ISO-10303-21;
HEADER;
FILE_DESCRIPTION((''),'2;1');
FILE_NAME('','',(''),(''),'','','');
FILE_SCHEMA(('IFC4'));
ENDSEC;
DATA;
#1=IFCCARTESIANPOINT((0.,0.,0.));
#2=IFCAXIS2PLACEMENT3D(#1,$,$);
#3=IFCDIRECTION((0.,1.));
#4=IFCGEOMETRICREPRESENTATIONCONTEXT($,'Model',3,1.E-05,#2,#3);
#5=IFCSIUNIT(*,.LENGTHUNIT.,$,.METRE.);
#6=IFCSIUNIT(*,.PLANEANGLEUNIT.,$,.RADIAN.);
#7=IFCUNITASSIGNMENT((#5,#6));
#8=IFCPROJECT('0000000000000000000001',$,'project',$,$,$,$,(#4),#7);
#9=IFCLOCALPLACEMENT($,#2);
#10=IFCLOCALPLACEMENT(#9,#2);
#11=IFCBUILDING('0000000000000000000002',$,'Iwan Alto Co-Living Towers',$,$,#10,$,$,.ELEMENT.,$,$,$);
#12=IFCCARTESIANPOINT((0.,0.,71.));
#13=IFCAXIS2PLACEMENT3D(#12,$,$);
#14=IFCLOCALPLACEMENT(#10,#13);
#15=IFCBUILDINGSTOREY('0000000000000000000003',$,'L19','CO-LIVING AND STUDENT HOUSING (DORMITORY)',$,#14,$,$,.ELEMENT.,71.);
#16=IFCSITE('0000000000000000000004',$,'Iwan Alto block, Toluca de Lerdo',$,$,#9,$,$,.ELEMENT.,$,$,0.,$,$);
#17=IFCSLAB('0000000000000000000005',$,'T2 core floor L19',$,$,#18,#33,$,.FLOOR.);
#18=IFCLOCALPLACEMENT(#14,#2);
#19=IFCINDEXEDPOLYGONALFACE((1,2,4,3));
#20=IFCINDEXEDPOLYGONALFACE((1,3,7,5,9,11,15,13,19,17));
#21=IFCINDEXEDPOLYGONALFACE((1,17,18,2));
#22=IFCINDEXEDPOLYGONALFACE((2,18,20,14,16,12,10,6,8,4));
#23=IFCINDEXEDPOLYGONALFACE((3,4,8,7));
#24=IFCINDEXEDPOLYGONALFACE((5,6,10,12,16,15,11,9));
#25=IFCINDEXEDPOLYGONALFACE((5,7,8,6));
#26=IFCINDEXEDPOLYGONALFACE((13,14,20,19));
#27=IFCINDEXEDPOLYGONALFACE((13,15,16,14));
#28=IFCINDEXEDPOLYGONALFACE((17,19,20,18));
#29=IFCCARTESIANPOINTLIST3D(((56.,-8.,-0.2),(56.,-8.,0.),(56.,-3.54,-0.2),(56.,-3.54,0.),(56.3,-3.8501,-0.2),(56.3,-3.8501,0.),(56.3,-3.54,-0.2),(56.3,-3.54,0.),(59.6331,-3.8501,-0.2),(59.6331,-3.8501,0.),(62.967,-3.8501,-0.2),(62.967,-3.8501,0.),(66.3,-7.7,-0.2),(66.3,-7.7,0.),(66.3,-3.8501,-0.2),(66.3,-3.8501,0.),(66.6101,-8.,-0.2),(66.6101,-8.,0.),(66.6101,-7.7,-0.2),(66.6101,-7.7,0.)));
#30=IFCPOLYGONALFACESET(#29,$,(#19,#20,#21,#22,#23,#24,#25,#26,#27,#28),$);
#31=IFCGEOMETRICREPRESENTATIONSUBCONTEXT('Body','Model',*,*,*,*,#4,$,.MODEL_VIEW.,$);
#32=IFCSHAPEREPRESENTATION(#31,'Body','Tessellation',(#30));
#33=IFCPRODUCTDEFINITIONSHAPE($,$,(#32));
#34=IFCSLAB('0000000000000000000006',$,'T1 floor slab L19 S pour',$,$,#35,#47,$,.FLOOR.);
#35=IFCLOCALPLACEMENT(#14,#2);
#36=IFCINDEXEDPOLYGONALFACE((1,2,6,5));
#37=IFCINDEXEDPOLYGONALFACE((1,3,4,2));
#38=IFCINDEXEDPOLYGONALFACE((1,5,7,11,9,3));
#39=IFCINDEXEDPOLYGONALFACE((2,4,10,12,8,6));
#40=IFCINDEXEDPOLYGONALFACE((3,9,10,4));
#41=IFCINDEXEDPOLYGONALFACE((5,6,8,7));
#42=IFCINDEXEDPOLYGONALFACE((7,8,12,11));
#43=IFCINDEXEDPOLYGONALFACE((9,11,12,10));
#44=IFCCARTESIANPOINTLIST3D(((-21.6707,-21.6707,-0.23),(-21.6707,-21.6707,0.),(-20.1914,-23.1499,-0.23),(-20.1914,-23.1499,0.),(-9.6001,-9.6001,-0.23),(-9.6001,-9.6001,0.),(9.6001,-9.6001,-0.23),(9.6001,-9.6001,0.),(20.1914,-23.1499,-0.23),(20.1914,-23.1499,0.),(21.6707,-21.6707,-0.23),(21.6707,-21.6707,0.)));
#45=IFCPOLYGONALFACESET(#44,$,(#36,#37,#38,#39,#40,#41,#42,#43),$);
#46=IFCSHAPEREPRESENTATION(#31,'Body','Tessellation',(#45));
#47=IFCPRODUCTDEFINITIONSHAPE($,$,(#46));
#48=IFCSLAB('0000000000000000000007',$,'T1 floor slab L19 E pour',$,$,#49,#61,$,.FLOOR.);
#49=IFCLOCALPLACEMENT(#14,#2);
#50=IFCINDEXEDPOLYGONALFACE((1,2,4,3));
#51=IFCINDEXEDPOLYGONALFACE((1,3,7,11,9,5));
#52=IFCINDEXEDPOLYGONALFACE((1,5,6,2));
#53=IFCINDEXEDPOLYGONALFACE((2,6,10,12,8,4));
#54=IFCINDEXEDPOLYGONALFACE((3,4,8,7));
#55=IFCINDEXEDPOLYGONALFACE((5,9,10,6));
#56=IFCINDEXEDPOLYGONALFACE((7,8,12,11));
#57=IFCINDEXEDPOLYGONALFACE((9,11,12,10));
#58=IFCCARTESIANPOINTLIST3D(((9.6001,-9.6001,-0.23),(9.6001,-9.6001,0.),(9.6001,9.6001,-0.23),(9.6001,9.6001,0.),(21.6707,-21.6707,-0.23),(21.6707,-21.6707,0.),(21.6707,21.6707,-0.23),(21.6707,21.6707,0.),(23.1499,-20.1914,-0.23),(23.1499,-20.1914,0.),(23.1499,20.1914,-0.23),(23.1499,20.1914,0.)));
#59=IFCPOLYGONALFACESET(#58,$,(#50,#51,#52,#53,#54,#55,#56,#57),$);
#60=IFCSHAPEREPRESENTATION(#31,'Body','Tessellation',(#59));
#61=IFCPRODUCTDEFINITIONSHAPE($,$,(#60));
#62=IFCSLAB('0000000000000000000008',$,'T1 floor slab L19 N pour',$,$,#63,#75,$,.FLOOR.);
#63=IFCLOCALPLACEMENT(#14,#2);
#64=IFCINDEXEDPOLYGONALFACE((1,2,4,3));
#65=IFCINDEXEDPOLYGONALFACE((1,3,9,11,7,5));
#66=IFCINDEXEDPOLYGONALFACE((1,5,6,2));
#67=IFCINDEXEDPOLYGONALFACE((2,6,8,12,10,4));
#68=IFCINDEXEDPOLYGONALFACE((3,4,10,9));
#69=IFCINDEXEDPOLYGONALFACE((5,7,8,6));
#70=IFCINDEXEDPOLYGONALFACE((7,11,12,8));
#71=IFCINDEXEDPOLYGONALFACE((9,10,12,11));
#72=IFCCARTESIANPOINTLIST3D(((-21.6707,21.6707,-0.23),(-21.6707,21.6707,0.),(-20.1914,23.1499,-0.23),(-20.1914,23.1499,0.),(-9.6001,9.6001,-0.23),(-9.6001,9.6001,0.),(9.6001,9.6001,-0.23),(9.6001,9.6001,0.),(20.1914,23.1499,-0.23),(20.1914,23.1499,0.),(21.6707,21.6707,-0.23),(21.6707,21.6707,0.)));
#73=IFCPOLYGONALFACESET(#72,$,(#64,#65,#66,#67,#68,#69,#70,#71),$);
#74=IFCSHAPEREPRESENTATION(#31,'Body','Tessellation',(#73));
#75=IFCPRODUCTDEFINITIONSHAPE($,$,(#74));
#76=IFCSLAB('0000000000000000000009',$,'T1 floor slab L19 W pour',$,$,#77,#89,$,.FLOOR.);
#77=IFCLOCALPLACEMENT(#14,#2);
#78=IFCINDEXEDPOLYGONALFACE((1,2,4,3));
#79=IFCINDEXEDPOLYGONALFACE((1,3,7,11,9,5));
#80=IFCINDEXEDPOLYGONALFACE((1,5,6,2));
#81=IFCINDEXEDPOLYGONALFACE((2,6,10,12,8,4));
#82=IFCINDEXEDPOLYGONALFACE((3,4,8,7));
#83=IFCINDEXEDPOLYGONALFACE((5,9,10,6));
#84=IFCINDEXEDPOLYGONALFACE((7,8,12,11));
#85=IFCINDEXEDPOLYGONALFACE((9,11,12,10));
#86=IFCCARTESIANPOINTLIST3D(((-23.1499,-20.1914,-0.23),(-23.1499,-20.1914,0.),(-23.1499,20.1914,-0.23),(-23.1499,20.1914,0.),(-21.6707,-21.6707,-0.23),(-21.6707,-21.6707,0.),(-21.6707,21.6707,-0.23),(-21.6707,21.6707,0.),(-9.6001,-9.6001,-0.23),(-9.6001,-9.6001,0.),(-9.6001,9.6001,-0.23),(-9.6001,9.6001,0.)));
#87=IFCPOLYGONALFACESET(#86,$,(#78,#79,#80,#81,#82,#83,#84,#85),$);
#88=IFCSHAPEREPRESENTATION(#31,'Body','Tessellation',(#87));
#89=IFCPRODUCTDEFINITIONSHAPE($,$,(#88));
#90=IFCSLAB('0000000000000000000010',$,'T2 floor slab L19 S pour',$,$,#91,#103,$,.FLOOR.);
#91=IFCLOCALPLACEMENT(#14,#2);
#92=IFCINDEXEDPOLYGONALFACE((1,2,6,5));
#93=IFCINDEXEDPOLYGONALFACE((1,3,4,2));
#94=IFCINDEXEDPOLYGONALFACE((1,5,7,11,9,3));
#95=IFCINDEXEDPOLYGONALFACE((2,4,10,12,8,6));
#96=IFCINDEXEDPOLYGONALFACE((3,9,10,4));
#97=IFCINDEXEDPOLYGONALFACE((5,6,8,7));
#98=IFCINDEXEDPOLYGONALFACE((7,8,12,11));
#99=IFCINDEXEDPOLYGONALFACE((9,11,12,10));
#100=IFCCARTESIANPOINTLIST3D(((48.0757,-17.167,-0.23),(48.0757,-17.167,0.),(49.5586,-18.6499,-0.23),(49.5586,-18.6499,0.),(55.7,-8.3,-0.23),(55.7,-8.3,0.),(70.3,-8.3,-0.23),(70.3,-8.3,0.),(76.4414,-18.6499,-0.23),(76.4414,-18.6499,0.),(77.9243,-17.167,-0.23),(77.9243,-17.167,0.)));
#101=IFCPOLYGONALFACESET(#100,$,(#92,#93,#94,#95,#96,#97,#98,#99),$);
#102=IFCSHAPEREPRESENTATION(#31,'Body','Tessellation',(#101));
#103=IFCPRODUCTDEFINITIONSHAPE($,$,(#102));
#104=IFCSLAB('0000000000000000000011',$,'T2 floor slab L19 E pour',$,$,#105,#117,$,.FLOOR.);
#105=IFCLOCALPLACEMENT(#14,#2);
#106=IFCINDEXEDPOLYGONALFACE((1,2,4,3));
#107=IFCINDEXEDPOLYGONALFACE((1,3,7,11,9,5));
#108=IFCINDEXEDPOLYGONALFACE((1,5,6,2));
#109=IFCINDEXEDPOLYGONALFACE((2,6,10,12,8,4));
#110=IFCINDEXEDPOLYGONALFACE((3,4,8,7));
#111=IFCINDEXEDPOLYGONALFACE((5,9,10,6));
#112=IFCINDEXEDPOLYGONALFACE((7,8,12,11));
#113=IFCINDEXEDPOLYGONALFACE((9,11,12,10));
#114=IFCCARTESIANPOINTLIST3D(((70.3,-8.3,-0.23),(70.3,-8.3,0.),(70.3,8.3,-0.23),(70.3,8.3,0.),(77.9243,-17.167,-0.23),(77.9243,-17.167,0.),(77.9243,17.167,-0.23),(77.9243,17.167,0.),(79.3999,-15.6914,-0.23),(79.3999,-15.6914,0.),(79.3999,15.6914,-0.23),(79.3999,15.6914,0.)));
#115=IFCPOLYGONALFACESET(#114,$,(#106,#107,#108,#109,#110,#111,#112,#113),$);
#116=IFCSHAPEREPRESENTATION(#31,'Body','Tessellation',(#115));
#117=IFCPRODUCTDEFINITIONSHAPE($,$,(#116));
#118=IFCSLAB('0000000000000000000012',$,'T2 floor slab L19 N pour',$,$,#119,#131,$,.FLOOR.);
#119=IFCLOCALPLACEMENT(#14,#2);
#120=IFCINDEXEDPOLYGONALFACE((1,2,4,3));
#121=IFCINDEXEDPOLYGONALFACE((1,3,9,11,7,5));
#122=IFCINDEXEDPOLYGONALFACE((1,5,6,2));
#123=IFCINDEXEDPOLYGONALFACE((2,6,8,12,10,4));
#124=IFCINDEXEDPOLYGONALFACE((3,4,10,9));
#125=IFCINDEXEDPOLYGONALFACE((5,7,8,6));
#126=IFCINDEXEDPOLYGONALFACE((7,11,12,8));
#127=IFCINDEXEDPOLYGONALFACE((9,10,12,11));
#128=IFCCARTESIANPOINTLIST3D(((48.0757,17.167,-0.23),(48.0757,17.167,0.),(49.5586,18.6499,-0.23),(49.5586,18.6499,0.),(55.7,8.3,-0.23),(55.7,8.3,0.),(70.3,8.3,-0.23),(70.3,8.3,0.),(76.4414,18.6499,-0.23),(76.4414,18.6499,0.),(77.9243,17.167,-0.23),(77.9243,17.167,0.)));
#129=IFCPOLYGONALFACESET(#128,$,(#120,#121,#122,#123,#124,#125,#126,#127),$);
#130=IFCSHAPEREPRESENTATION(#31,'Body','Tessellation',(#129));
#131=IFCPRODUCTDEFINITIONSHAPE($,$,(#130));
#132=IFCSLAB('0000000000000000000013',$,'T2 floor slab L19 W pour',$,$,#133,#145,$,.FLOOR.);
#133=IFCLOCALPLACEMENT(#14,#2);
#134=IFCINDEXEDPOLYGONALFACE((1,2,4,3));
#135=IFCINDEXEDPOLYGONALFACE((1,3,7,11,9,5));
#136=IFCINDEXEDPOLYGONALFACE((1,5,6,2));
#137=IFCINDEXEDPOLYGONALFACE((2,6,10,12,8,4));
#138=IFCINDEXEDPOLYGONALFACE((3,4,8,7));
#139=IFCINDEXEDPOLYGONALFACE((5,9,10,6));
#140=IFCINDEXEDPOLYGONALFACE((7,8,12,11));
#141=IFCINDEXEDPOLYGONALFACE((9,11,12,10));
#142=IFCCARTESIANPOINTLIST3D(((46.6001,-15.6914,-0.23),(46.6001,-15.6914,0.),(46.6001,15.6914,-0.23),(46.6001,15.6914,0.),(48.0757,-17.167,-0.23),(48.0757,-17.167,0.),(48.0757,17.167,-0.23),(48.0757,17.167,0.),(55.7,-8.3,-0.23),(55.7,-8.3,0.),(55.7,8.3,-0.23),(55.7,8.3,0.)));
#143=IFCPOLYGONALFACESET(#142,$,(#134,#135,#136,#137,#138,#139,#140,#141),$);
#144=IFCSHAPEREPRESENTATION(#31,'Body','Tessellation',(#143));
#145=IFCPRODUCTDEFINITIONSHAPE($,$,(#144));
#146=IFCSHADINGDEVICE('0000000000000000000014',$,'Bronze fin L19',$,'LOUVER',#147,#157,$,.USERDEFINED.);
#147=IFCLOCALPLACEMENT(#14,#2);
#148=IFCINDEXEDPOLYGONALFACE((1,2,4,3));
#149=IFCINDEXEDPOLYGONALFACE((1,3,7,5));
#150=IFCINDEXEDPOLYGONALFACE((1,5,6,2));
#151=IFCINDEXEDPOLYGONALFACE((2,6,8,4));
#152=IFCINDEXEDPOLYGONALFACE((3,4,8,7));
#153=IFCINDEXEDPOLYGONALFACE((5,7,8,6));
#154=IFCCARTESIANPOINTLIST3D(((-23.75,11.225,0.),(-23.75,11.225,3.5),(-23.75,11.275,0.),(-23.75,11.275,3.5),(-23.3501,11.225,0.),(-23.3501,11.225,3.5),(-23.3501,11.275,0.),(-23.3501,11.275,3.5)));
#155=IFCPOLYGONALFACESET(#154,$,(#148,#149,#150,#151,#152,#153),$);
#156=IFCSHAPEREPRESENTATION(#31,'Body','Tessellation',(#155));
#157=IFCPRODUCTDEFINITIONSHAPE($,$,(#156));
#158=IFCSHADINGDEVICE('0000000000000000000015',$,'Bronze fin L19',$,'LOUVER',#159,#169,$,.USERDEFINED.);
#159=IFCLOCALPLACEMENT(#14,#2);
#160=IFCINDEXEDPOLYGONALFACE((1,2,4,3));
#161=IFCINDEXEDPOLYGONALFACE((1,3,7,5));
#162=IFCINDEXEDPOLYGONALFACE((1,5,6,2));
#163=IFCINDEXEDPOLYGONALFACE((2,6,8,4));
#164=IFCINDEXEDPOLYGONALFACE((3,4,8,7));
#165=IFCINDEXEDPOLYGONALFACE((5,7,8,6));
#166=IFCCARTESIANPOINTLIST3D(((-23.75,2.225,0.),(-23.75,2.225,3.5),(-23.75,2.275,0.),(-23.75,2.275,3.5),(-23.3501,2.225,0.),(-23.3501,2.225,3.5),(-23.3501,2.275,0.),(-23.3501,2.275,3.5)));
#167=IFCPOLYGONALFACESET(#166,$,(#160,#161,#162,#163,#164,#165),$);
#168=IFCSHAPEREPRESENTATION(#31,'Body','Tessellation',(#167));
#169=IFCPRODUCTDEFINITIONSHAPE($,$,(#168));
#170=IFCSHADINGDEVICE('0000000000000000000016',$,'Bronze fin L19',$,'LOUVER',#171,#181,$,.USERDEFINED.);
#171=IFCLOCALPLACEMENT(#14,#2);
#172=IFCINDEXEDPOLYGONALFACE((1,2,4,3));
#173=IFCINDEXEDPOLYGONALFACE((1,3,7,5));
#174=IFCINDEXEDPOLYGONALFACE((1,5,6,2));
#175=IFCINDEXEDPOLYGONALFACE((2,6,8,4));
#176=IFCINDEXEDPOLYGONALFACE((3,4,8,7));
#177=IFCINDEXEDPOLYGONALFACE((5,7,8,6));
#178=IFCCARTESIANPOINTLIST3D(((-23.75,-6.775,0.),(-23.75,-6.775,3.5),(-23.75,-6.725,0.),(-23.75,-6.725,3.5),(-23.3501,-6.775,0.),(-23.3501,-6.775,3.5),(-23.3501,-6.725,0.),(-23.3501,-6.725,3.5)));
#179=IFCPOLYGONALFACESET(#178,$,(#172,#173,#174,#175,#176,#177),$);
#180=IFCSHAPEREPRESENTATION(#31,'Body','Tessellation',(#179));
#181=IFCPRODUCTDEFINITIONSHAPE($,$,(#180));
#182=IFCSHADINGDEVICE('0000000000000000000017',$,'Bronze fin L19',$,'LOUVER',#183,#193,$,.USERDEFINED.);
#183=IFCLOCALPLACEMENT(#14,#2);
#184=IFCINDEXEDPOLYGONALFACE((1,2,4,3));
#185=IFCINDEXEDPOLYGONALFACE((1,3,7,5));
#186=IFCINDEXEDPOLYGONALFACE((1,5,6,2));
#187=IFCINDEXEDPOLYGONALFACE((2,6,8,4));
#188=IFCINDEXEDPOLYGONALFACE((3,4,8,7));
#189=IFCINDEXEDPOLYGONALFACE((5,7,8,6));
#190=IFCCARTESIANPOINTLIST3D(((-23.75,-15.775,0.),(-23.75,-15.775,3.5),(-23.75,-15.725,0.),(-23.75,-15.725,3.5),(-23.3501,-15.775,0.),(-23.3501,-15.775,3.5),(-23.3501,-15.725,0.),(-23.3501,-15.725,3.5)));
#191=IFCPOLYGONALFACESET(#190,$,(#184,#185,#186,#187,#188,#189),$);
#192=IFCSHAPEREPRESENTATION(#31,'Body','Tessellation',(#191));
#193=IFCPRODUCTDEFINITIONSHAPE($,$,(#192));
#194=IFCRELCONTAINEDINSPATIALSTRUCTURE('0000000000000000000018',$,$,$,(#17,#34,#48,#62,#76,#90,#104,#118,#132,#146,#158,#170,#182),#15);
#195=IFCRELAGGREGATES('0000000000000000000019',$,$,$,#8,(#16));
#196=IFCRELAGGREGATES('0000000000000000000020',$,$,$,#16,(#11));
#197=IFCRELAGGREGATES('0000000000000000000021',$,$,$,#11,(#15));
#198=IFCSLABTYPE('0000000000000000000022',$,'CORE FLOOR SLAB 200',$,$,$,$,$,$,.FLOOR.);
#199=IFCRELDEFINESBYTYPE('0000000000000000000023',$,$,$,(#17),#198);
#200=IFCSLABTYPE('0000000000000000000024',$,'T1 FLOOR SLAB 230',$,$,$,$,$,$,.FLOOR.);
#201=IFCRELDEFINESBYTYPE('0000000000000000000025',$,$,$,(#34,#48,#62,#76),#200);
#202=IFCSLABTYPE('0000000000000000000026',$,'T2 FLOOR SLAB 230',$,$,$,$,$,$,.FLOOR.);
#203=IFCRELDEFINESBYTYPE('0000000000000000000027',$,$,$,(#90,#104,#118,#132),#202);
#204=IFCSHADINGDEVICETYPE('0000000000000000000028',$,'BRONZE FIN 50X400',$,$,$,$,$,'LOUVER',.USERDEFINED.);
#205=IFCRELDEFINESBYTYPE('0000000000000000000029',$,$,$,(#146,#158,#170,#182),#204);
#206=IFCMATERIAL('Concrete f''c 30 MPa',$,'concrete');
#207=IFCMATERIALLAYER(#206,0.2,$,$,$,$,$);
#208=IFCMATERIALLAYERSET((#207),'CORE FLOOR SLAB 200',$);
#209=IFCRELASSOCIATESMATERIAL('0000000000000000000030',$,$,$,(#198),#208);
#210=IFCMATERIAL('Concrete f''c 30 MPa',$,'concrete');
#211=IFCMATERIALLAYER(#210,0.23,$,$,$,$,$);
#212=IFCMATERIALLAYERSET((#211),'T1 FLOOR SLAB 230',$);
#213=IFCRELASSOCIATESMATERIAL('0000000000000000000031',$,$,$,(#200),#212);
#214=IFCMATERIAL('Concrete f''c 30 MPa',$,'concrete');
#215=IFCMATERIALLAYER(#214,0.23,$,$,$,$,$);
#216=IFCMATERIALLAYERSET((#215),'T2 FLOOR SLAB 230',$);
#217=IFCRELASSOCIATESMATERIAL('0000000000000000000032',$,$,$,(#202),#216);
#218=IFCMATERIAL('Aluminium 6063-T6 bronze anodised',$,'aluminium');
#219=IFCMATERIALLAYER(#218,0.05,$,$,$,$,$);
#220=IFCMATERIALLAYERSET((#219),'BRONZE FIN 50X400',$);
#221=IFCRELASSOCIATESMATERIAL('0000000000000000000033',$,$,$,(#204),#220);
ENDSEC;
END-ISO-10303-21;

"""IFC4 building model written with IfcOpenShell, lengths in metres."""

from ifc_helpers import new_model, si_unit, direction, frame, origin, origin_2d, place, context, subcontext, project, spatial, polyline, rectangle, outline, extrude, material, layer, layer_set, type_object, element, save


model = new_model("IFC4")

# Units and contexts
model_context = context("Model", 3, precision=1e-05, world=origin(), true_north=direction((0.0, 1.0)))
body_context = subcontext(model_context, "Body", "Model", "MODEL_VIEW")
ifc_project = project(units=[si_unit("LENGTHUNIT", "METRE"), si_unit("PLANEANGLEUNIT", "RADIAN")], contexts=[model_context])

# Site, building, storey
site_placement = place(None, origin())
site = spatial("IfcSite", under=ifc_project, at=site_placement, Name="Iwan Alto block, Toluca de Lerdo", CompositionType="ELEMENT", RefElevation=0.0)
building_placement = place(site_placement, origin())
building = spatial("IfcBuilding", under=site, at=building_placement, Name="Iwan Alto Co-Living Towers", CompositionType="ELEMENT")
storey_placement = place(building_placement, frame((0.0, 0.0, 71.0)))
storey = spatial("IfcBuildingStorey", under=building, at=storey_placement, Name="L19", Description="CO-LIVING AND STUDENT HOUSING (DORMITORY)", CompositionType="ELEMENT", Elevation=71.0)

# Slabs
ifc_material_1 = material(Name="Concrete f'c 30 MPa", Category="concrete")
ifc_layer_1 = layer(ifc_material_1, 0.2)
ifc_layer_set_1 = layer_set([ifc_layer_1], Name="CORE FLOOR SLAB 200")
slab_type_1 = type_object("IfcSlabType", Name="CORE FLOOR SLAB 200", PredefinedType="FLOOR", material=ifc_layer_set_1)
slab_1_placement = place(storey_placement, frame((0.0, 0.0, -0.2)))
element("IfcSlab", 1, at=slab_1_placement, inside=storey, type_object=slab_type_1, Name="T2 core floor L19", PredefinedType="FLOOR", context=body_context, shape_type="SweptSolid", body=[
    extrude(outline(polyline([(62.967, -3.8501), (66.3, -3.8501), (66.3, -7.7), (66.6101, -7.7), (66.6101, -8.0), (56.0, -8.0), (56.0, -3.54), (56.3, -3.54), (56.3, -3.8501), (59.6331, -3.8501), (62.967, -3.8501)])), origin(), (0.0, 0.0, 1.0), 0.2),
])
ifc_material_2 = material(Name="Concrete f'c 30 MPa", Category="concrete")
ifc_layer_2 = layer(ifc_material_2, 0.23)
ifc_layer_set_2 = layer_set([ifc_layer_2], Name="T1 FLOOR SLAB 230")
slab_type_2 = type_object("IfcSlabType", Name="T1 FLOOR SLAB 230", PredefinedType="FLOOR", material=ifc_layer_set_2)
slab_2_placement = place(storey_placement, frame((0.0, 0.0, -0.23)))
element("IfcSlab", 2, at=slab_2_placement, inside=storey, type_object=slab_type_2, Name="T1 floor slab L19 S pour", PredefinedType="FLOOR", context=body_context, shape_type="SweptSolid", body=[
    extrude(outline(polyline([(20.1914, -23.1499), (-20.1914, -23.1499), (-21.6707, -21.6707), (-9.6001, -9.6001), (9.6001, -9.6001), (21.6707, -21.6707), (20.1914, -23.1499)])), origin(), (0.0, 0.0, 1.0), 0.23),
])
slab_3_placement = place(storey_placement, frame((0.0, 0.0, -0.23)))
element("IfcSlab", 3, at=slab_3_placement, inside=storey, type_object=slab_type_2, Name="T1 floor slab L19 E pour", PredefinedType="FLOOR", context=body_context, shape_type="SweptSolid", body=[
    extrude(outline(polyline([(23.1499, 20.1914), (23.1499, -20.1914), (21.6707, -21.6707), (9.6001, -9.6001), (9.6001, 9.6001), (21.6707, 21.6707), (23.1499, 20.1914)])), origin(), (0.0, 0.0, 1.0), 0.23),
])
slab_4_placement = place(storey_placement, frame((0.0, 0.0, -0.23)))
element("IfcSlab", 4, at=slab_4_placement, inside=storey, type_object=slab_type_2, Name="T1 floor slab L19 N pour", PredefinedType="FLOOR", context=body_context, shape_type="SweptSolid", body=[
    extrude(outline(polyline([(-20.1914, 23.1499), (20.1914, 23.1499), (21.6707, 21.6707), (9.6001, 9.6001), (-9.6001, 9.6001), (-21.6707, 21.6707), (-20.1914, 23.1499)])), origin(), (0.0, 0.0, 1.0), 0.23),
])
slab_5_placement = place(storey_placement, frame((0.0, 0.0, -0.23)))
element("IfcSlab", 5, at=slab_5_placement, inside=storey, type_object=slab_type_2, Name="T1 floor slab L19 W pour", PredefinedType="FLOOR", context=body_context, shape_type="SweptSolid", body=[
    extrude(outline(polyline([(-23.1499, 20.1914), (-21.6707, 21.6707), (-9.6001, 9.6001), (-9.6001, -9.6001), (-21.6707, -21.6707), (-23.1499, -20.1914), (-23.1499, 20.1914)])), origin(), (0.0, 0.0, 1.0), 0.23),
])
ifc_material_3 = material(Name="Concrete f'c 30 MPa", Category="concrete")
ifc_layer_3 = layer(ifc_material_3, 0.23)
ifc_layer_set_3 = layer_set([ifc_layer_3], Name="T2 FLOOR SLAB 230")
slab_type_3 = type_object("IfcSlabType", Name="T2 FLOOR SLAB 230", PredefinedType="FLOOR", material=ifc_layer_set_3)
slab_6_placement = place(storey_placement, frame((0.0, 0.0, -0.23)))
element("IfcSlab", 6, at=slab_6_placement, inside=storey, type_object=slab_type_3, Name="T2 floor slab L19 S pour", PredefinedType="FLOOR", context=body_context, shape_type="SweptSolid", body=[
    extrude(outline(polyline([(76.4414, -18.6499), (49.5586, -18.6499), (48.0757, -17.167), (55.7, -8.3), (70.3, -8.3), (77.9243, -17.167), (76.4414, -18.6499)])), origin(), (0.0, 0.0, 1.0), 0.23),
])
slab_7_placement = place(storey_placement, frame((0.0, 0.0, -0.23)))
element("IfcSlab", 7, at=slab_7_placement, inside=storey, type_object=slab_type_3, Name="T2 floor slab L19 E pour", PredefinedType="FLOOR", context=body_context, shape_type="SweptSolid", body=[
    extrude(outline(polyline([(79.3999, 15.6914), (79.3999, -15.6914), (77.9243, -17.167), (70.3, -8.3), (70.3, 8.3), (77.9243, 17.167), (79.3999, 15.6914)])), origin(), (0.0, 0.0, 1.0), 0.23),
])
slab_8_placement = place(storey_placement, frame((0.0, 0.0, -0.23)))
element("IfcSlab", 8, at=slab_8_placement, inside=storey, type_object=slab_type_3, Name="T2 floor slab L19 N pour", PredefinedType="FLOOR", context=body_context, shape_type="SweptSolid", body=[
    extrude(outline(polyline([(49.5586, 18.6499), (76.4414, 18.6499), (77.9243, 17.167), (70.3, 8.3), (55.7, 8.3), (48.0757, 17.167), (49.5586, 18.6499)])), origin(), (0.0, 0.0, 1.0), 0.23),
])
slab_9_placement = place(storey_placement, frame((0.0, 0.0, -0.23)))
element("IfcSlab", 9, at=slab_9_placement, inside=storey, type_object=slab_type_3, Name="T2 floor slab L19 W pour", PredefinedType="FLOOR", context=body_context, shape_type="SweptSolid", body=[
    extrude(outline(polyline([(46.6001, 15.6914), (48.0757, 17.167), (55.7, 8.3), (55.7, -8.3), (48.0757, -17.167), (46.6001, -15.6914), (46.6001, 15.6914)])), origin(), (0.0, 0.0, 1.0), 0.23),
])

# Shading devices
ifc_material_4 = material(Name="Aluminium 6063-T6 bronze anodised", Category="aluminium")
ifc_layer_4 = layer(ifc_material_4, 0.05)
ifc_layer_set_4 = layer_set([ifc_layer_4], Name="BRONZE FIN 50X400")
shading_device_type = type_object("IfcShadingDeviceType", Name="BRONZE FIN 50X400", ElementType="LOUVER", PredefinedType="USERDEFINED", material=ifc_layer_set_4)
for number, where, z_axis, x_axis, name in (
    (10, (-23.55, 11.25, 0.0), (0.0, 0.0, 1.0), (0.0, -1.0, 0.0), "Bronze fin L19"),
    (11, (-23.55, 2.25, 0.0), (0.0, 0.0, 1.0), (0.0, -1.0, 0.0), "Bronze fin L19"),
    (12, (-23.55, -6.75, 0.0), (0.0, 0.0, 1.0), (0.0, -1.0, 0.0), "Bronze fin L19"),
    (13, (-23.55, -15.75, 0.0), (0.0, 0.0, 1.0), (0.0, -1.0, 0.0), "Bronze fin L19"),
):
    element("IfcShadingDevice", number, at=place(storey_placement, frame(where, z_axis=z_axis, x_axis=x_axis)), inside=storey, type_object=shading_device_type, Name=name, ObjectType="LOUVER", PredefinedType="USERDEFINED", context=body_context, shape_type="SweptSolid", body=[
        extrude(rectangle(XDim=0.05, YDim=0.3999, at=origin_2d()), origin(), (0.0, 0.0, 1.0), 3.5),
    ])

save(model, "model.ifc")
